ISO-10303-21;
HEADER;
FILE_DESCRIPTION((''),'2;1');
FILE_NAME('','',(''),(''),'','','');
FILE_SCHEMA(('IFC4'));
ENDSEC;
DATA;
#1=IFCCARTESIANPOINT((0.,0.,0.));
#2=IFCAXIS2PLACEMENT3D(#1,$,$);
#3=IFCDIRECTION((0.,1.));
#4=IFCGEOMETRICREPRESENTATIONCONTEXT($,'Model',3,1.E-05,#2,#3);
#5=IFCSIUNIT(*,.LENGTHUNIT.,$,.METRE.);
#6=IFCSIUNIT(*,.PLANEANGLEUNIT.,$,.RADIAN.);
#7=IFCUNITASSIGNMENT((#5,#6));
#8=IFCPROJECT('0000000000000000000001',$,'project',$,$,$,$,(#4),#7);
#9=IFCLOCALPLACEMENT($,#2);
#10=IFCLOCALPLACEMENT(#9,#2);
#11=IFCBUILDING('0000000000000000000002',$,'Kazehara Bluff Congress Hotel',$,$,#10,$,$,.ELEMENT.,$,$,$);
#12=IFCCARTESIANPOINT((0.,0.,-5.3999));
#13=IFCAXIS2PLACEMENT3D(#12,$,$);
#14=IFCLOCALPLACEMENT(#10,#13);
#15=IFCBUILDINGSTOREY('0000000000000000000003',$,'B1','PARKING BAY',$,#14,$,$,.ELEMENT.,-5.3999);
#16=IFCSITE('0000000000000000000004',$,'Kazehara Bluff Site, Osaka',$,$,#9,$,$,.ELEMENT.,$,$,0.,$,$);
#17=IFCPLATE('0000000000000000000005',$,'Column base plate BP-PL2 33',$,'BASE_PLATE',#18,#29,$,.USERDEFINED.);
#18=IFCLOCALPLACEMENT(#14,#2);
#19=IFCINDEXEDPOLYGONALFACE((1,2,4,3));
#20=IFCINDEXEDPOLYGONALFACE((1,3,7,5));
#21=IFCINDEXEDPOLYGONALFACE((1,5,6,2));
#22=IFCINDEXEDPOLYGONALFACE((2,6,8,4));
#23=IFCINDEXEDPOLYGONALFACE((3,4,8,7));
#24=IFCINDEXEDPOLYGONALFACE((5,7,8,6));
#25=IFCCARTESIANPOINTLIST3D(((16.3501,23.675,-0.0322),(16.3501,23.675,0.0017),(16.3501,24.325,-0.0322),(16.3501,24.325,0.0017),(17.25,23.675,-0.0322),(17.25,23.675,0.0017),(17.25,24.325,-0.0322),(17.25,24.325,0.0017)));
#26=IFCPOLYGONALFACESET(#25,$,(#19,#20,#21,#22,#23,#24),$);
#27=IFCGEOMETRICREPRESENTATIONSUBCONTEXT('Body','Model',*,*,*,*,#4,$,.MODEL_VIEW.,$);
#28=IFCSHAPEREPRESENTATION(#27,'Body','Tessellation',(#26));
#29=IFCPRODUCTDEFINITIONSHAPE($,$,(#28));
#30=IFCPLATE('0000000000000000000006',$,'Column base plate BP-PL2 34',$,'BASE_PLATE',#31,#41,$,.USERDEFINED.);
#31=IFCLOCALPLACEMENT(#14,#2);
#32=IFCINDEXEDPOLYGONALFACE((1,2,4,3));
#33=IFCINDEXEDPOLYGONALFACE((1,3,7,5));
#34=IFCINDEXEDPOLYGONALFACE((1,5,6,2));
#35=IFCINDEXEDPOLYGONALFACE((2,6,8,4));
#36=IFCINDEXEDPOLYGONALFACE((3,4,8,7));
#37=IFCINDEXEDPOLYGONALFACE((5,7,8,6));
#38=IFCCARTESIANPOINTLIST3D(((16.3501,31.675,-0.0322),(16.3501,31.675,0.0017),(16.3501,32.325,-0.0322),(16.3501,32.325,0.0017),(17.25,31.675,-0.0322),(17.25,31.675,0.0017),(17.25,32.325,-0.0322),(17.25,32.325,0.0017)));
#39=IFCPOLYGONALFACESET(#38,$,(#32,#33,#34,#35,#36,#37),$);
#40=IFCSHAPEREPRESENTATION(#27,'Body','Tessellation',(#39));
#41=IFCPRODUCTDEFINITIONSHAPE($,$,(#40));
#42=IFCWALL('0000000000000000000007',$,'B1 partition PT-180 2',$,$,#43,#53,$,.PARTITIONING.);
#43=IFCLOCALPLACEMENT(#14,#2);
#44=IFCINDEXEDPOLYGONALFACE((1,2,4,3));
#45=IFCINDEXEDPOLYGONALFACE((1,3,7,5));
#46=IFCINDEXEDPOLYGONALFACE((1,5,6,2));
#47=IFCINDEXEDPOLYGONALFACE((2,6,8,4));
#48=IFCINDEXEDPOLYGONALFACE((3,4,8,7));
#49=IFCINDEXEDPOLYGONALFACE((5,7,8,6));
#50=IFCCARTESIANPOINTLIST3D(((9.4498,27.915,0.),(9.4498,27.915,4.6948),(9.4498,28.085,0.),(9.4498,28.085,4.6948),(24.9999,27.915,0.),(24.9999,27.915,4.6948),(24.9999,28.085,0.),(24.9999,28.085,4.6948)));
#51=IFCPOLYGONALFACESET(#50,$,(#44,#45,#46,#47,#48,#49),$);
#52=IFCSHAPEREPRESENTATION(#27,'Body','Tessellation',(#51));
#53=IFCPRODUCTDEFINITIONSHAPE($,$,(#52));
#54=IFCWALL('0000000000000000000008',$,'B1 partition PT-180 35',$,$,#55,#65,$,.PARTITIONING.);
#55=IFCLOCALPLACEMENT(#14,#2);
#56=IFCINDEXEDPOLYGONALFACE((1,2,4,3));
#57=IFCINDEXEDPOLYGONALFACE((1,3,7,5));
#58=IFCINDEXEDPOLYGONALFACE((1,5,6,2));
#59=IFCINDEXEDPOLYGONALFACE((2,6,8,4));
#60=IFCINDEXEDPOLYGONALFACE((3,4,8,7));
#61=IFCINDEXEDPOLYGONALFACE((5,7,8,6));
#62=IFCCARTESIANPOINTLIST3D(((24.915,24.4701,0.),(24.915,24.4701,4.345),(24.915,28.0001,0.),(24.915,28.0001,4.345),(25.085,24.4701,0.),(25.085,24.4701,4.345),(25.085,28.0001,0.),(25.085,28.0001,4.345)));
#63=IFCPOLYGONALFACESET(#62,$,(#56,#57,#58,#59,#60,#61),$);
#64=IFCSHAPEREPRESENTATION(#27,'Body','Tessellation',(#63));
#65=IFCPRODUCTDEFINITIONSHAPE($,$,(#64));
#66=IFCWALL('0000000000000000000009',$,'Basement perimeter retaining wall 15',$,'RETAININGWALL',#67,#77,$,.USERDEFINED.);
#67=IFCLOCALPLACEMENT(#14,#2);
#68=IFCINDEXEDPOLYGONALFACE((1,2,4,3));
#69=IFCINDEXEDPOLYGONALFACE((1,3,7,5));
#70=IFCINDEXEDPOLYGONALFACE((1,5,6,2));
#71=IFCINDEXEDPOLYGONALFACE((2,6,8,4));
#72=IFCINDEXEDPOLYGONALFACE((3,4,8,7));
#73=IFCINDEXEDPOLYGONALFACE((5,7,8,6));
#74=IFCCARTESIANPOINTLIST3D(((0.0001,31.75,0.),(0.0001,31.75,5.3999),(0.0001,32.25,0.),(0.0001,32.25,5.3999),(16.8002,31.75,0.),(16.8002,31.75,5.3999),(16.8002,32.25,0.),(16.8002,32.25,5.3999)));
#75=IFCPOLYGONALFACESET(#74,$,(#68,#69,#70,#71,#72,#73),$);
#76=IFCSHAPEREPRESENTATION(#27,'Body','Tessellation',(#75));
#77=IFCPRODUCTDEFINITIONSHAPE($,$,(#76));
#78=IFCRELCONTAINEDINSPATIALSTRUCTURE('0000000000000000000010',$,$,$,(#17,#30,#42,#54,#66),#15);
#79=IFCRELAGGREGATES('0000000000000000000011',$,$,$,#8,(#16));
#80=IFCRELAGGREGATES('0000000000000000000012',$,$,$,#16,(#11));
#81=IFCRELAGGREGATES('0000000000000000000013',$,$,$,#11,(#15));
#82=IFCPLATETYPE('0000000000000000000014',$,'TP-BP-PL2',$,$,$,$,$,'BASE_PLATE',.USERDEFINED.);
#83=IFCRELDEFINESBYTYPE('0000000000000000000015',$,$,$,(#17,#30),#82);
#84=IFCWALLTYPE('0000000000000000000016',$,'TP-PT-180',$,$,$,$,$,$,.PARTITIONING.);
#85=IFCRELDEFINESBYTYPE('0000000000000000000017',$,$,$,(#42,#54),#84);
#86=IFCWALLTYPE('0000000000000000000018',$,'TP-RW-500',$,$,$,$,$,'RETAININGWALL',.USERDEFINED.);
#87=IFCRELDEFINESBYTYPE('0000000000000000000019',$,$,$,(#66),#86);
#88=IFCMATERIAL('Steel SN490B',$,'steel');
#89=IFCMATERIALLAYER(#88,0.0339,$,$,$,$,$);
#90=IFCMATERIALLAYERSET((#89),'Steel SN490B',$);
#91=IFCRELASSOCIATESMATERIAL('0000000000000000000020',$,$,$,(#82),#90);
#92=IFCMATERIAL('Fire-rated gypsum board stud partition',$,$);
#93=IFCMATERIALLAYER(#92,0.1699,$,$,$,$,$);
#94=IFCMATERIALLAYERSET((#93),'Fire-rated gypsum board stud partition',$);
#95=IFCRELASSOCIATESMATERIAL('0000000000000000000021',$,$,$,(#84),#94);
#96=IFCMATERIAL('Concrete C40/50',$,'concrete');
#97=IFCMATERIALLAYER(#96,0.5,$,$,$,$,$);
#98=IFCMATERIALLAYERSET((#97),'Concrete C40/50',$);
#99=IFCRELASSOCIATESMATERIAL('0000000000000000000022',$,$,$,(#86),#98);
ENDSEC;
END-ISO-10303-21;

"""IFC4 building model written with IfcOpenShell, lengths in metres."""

from ifc_helpers import new_model, si_unit, direction, frame, frame_2d, origin, origin_2d, place, context, subcontext, project, spatial, rectangle, extrude, material, layer, layer_set, type_object, element, save


model = new_model("IFC4")

# Units and contexts
model_context = context("Model", 3, precision=1e-05, world=origin(), true_north=direction((0.0, 1.0)))
body_context = subcontext(model_context, "Body", "Model", "MODEL_VIEW")
ifc_project = project(units=[si_unit("LENGTHUNIT", "METRE"), si_unit("PLANEANGLEUNIT", "RADIAN")], contexts=[model_context])

# Site, building, storey
site_placement = place(None, origin())
site = spatial("IfcSite", under=ifc_project, at=site_placement, Name="Kazehara Bluff Site, Osaka", CompositionType="ELEMENT", RefElevation=0.0)
building_placement = place(site_placement, origin())
building = spatial("IfcBuilding", under=site, at=building_placement, Name="Kazehara Bluff Congress Hotel", CompositionType="ELEMENT")
storey_placement = place(building_placement, frame((0.0, 0.0, -5.3999)))
storey = spatial("IfcBuildingStorey", under=building, at=storey_placement, Name="B1", Description="PARKING BAY", CompositionType="ELEMENT", Elevation=-5.3999)

# Plates
ifc_material_1 = material(Name="Steel SN490B", Category="steel")
ifc_layer_1 = layer(ifc_material_1, 0.0339)
ifc_layer_set_1 = layer_set([ifc_layer_1], Name="Steel SN490B")
plate_type = type_object("IfcPlateType", Name="TP-BP-PL2", ElementType="BASE_PLATE", PredefinedType="USERDEFINED", material=ifc_layer_set_1)
for number, where, z_axis, x_axis, name in (
    (1, (16.8, 24.0, -0.0322), (0.0, 0.0, 1.0), (1.0, 0.0, 0.0), "Column base plate BP-PL2 33"),
    (2, (16.8, 32.0, -0.0322), (0.0, 0.0, 1.0), (1.0, 0.0, 0.0), "Column base plate BP-PL2 34"),
):
    element("IfcPlate", number, at=place(storey_placement, frame(where, z_axis=z_axis, x_axis=x_axis)), inside=storey, type_object=plate_type, Name=name, ObjectType="BASE_PLATE", PredefinedType="USERDEFINED", context=body_context, shape_type="SweptSolid", body=[
        extrude(rectangle(XDim=0.8999, YDim=0.6499, at=origin_2d()), origin(), (0.0, 0.0, 1.0), 0.0339),
    ])

# Walls
ifc_material_2 = material(Name="Fire-rated gypsum board stud partition")
ifc_layer_2 = layer(ifc_material_2, 0.1699)
ifc_layer_set_2 = layer_set([ifc_layer_2], Name="Fire-rated gypsum board stud partition")
wall_type_1 = type_object("IfcWallType", Name="TP-PT-180", PredefinedType="PARTITIONING", material=ifc_layer_set_2)
wall_1_placement = place(storey_placement, frame((9.45, 28.0, 0.0), z_axis=(0.0, 0.0, 1.0), x_axis=(1.0, 0.0, 0.0)))
element("IfcWall", 3, at=wall_1_placement, inside=storey, type_object=wall_type_1, Name="B1 partition PT-180 2", PredefinedType="PARTITIONING", context=body_context, shape_type="SweptSolid", body=[
    extrude(rectangle(XDim=15.55, YDim=0.1699, at=frame_2d((7.7749, 0.0))), origin(), (0.0, 0.0, 1.0), 4.6948),
])
wall_2_placement = place(storey_placement, frame((25.0, 24.47, 0.0), z_axis=(0.0, 0.0, 1.0), x_axis=(0.0, 1.0, 0.0)))
element("IfcWall", 4, at=wall_2_placement, inside=storey, type_object=wall_type_1, Name="B1 partition PT-180 35", PredefinedType="PARTITIONING", context=body_context, shape_type="SweptSolid", body=[
    extrude(rectangle(XDim=3.53, YDim=0.1699, at=frame_2d((1.7651, 0.0))), origin(), (0.0, 0.0, 1.0), 4.345),
])
ifc_material_3 = material(Name="Concrete C40/50", Category="concrete")
ifc_layer_3 = layer(ifc_material_3, 0.5)
ifc_layer_set_3 = layer_set([ifc_layer_3], Name="Concrete C40/50")
wall_type_2 = type_object("IfcWallType", Name="TP-RW-500", ElementType="RETAININGWALL", PredefinedType="USERDEFINED", material=ifc_layer_set_3)
wall_3_placement = place(storey_placement, frame((16.8, 32.0, 0.0), z_axis=(0.0, 0.0, 1.0), x_axis=(-1.0, 0.0, 0.0)))
element("IfcWall", 5, at=wall_3_placement, inside=storey, type_object=wall_type_2, Name="Basement perimeter retaining wall 15", ObjectType="RETAININGWALL", PredefinedType="USERDEFINED", context=body_context, shape_type="SweptSolid", body=[
    extrude(rectangle(XDim=16.8, YDim=0.5, at=frame_2d((8.3999, 0.0))), origin(), (0.0, 0.0, 1.0), 5.3999),
])

save(model, "model.ifc")
